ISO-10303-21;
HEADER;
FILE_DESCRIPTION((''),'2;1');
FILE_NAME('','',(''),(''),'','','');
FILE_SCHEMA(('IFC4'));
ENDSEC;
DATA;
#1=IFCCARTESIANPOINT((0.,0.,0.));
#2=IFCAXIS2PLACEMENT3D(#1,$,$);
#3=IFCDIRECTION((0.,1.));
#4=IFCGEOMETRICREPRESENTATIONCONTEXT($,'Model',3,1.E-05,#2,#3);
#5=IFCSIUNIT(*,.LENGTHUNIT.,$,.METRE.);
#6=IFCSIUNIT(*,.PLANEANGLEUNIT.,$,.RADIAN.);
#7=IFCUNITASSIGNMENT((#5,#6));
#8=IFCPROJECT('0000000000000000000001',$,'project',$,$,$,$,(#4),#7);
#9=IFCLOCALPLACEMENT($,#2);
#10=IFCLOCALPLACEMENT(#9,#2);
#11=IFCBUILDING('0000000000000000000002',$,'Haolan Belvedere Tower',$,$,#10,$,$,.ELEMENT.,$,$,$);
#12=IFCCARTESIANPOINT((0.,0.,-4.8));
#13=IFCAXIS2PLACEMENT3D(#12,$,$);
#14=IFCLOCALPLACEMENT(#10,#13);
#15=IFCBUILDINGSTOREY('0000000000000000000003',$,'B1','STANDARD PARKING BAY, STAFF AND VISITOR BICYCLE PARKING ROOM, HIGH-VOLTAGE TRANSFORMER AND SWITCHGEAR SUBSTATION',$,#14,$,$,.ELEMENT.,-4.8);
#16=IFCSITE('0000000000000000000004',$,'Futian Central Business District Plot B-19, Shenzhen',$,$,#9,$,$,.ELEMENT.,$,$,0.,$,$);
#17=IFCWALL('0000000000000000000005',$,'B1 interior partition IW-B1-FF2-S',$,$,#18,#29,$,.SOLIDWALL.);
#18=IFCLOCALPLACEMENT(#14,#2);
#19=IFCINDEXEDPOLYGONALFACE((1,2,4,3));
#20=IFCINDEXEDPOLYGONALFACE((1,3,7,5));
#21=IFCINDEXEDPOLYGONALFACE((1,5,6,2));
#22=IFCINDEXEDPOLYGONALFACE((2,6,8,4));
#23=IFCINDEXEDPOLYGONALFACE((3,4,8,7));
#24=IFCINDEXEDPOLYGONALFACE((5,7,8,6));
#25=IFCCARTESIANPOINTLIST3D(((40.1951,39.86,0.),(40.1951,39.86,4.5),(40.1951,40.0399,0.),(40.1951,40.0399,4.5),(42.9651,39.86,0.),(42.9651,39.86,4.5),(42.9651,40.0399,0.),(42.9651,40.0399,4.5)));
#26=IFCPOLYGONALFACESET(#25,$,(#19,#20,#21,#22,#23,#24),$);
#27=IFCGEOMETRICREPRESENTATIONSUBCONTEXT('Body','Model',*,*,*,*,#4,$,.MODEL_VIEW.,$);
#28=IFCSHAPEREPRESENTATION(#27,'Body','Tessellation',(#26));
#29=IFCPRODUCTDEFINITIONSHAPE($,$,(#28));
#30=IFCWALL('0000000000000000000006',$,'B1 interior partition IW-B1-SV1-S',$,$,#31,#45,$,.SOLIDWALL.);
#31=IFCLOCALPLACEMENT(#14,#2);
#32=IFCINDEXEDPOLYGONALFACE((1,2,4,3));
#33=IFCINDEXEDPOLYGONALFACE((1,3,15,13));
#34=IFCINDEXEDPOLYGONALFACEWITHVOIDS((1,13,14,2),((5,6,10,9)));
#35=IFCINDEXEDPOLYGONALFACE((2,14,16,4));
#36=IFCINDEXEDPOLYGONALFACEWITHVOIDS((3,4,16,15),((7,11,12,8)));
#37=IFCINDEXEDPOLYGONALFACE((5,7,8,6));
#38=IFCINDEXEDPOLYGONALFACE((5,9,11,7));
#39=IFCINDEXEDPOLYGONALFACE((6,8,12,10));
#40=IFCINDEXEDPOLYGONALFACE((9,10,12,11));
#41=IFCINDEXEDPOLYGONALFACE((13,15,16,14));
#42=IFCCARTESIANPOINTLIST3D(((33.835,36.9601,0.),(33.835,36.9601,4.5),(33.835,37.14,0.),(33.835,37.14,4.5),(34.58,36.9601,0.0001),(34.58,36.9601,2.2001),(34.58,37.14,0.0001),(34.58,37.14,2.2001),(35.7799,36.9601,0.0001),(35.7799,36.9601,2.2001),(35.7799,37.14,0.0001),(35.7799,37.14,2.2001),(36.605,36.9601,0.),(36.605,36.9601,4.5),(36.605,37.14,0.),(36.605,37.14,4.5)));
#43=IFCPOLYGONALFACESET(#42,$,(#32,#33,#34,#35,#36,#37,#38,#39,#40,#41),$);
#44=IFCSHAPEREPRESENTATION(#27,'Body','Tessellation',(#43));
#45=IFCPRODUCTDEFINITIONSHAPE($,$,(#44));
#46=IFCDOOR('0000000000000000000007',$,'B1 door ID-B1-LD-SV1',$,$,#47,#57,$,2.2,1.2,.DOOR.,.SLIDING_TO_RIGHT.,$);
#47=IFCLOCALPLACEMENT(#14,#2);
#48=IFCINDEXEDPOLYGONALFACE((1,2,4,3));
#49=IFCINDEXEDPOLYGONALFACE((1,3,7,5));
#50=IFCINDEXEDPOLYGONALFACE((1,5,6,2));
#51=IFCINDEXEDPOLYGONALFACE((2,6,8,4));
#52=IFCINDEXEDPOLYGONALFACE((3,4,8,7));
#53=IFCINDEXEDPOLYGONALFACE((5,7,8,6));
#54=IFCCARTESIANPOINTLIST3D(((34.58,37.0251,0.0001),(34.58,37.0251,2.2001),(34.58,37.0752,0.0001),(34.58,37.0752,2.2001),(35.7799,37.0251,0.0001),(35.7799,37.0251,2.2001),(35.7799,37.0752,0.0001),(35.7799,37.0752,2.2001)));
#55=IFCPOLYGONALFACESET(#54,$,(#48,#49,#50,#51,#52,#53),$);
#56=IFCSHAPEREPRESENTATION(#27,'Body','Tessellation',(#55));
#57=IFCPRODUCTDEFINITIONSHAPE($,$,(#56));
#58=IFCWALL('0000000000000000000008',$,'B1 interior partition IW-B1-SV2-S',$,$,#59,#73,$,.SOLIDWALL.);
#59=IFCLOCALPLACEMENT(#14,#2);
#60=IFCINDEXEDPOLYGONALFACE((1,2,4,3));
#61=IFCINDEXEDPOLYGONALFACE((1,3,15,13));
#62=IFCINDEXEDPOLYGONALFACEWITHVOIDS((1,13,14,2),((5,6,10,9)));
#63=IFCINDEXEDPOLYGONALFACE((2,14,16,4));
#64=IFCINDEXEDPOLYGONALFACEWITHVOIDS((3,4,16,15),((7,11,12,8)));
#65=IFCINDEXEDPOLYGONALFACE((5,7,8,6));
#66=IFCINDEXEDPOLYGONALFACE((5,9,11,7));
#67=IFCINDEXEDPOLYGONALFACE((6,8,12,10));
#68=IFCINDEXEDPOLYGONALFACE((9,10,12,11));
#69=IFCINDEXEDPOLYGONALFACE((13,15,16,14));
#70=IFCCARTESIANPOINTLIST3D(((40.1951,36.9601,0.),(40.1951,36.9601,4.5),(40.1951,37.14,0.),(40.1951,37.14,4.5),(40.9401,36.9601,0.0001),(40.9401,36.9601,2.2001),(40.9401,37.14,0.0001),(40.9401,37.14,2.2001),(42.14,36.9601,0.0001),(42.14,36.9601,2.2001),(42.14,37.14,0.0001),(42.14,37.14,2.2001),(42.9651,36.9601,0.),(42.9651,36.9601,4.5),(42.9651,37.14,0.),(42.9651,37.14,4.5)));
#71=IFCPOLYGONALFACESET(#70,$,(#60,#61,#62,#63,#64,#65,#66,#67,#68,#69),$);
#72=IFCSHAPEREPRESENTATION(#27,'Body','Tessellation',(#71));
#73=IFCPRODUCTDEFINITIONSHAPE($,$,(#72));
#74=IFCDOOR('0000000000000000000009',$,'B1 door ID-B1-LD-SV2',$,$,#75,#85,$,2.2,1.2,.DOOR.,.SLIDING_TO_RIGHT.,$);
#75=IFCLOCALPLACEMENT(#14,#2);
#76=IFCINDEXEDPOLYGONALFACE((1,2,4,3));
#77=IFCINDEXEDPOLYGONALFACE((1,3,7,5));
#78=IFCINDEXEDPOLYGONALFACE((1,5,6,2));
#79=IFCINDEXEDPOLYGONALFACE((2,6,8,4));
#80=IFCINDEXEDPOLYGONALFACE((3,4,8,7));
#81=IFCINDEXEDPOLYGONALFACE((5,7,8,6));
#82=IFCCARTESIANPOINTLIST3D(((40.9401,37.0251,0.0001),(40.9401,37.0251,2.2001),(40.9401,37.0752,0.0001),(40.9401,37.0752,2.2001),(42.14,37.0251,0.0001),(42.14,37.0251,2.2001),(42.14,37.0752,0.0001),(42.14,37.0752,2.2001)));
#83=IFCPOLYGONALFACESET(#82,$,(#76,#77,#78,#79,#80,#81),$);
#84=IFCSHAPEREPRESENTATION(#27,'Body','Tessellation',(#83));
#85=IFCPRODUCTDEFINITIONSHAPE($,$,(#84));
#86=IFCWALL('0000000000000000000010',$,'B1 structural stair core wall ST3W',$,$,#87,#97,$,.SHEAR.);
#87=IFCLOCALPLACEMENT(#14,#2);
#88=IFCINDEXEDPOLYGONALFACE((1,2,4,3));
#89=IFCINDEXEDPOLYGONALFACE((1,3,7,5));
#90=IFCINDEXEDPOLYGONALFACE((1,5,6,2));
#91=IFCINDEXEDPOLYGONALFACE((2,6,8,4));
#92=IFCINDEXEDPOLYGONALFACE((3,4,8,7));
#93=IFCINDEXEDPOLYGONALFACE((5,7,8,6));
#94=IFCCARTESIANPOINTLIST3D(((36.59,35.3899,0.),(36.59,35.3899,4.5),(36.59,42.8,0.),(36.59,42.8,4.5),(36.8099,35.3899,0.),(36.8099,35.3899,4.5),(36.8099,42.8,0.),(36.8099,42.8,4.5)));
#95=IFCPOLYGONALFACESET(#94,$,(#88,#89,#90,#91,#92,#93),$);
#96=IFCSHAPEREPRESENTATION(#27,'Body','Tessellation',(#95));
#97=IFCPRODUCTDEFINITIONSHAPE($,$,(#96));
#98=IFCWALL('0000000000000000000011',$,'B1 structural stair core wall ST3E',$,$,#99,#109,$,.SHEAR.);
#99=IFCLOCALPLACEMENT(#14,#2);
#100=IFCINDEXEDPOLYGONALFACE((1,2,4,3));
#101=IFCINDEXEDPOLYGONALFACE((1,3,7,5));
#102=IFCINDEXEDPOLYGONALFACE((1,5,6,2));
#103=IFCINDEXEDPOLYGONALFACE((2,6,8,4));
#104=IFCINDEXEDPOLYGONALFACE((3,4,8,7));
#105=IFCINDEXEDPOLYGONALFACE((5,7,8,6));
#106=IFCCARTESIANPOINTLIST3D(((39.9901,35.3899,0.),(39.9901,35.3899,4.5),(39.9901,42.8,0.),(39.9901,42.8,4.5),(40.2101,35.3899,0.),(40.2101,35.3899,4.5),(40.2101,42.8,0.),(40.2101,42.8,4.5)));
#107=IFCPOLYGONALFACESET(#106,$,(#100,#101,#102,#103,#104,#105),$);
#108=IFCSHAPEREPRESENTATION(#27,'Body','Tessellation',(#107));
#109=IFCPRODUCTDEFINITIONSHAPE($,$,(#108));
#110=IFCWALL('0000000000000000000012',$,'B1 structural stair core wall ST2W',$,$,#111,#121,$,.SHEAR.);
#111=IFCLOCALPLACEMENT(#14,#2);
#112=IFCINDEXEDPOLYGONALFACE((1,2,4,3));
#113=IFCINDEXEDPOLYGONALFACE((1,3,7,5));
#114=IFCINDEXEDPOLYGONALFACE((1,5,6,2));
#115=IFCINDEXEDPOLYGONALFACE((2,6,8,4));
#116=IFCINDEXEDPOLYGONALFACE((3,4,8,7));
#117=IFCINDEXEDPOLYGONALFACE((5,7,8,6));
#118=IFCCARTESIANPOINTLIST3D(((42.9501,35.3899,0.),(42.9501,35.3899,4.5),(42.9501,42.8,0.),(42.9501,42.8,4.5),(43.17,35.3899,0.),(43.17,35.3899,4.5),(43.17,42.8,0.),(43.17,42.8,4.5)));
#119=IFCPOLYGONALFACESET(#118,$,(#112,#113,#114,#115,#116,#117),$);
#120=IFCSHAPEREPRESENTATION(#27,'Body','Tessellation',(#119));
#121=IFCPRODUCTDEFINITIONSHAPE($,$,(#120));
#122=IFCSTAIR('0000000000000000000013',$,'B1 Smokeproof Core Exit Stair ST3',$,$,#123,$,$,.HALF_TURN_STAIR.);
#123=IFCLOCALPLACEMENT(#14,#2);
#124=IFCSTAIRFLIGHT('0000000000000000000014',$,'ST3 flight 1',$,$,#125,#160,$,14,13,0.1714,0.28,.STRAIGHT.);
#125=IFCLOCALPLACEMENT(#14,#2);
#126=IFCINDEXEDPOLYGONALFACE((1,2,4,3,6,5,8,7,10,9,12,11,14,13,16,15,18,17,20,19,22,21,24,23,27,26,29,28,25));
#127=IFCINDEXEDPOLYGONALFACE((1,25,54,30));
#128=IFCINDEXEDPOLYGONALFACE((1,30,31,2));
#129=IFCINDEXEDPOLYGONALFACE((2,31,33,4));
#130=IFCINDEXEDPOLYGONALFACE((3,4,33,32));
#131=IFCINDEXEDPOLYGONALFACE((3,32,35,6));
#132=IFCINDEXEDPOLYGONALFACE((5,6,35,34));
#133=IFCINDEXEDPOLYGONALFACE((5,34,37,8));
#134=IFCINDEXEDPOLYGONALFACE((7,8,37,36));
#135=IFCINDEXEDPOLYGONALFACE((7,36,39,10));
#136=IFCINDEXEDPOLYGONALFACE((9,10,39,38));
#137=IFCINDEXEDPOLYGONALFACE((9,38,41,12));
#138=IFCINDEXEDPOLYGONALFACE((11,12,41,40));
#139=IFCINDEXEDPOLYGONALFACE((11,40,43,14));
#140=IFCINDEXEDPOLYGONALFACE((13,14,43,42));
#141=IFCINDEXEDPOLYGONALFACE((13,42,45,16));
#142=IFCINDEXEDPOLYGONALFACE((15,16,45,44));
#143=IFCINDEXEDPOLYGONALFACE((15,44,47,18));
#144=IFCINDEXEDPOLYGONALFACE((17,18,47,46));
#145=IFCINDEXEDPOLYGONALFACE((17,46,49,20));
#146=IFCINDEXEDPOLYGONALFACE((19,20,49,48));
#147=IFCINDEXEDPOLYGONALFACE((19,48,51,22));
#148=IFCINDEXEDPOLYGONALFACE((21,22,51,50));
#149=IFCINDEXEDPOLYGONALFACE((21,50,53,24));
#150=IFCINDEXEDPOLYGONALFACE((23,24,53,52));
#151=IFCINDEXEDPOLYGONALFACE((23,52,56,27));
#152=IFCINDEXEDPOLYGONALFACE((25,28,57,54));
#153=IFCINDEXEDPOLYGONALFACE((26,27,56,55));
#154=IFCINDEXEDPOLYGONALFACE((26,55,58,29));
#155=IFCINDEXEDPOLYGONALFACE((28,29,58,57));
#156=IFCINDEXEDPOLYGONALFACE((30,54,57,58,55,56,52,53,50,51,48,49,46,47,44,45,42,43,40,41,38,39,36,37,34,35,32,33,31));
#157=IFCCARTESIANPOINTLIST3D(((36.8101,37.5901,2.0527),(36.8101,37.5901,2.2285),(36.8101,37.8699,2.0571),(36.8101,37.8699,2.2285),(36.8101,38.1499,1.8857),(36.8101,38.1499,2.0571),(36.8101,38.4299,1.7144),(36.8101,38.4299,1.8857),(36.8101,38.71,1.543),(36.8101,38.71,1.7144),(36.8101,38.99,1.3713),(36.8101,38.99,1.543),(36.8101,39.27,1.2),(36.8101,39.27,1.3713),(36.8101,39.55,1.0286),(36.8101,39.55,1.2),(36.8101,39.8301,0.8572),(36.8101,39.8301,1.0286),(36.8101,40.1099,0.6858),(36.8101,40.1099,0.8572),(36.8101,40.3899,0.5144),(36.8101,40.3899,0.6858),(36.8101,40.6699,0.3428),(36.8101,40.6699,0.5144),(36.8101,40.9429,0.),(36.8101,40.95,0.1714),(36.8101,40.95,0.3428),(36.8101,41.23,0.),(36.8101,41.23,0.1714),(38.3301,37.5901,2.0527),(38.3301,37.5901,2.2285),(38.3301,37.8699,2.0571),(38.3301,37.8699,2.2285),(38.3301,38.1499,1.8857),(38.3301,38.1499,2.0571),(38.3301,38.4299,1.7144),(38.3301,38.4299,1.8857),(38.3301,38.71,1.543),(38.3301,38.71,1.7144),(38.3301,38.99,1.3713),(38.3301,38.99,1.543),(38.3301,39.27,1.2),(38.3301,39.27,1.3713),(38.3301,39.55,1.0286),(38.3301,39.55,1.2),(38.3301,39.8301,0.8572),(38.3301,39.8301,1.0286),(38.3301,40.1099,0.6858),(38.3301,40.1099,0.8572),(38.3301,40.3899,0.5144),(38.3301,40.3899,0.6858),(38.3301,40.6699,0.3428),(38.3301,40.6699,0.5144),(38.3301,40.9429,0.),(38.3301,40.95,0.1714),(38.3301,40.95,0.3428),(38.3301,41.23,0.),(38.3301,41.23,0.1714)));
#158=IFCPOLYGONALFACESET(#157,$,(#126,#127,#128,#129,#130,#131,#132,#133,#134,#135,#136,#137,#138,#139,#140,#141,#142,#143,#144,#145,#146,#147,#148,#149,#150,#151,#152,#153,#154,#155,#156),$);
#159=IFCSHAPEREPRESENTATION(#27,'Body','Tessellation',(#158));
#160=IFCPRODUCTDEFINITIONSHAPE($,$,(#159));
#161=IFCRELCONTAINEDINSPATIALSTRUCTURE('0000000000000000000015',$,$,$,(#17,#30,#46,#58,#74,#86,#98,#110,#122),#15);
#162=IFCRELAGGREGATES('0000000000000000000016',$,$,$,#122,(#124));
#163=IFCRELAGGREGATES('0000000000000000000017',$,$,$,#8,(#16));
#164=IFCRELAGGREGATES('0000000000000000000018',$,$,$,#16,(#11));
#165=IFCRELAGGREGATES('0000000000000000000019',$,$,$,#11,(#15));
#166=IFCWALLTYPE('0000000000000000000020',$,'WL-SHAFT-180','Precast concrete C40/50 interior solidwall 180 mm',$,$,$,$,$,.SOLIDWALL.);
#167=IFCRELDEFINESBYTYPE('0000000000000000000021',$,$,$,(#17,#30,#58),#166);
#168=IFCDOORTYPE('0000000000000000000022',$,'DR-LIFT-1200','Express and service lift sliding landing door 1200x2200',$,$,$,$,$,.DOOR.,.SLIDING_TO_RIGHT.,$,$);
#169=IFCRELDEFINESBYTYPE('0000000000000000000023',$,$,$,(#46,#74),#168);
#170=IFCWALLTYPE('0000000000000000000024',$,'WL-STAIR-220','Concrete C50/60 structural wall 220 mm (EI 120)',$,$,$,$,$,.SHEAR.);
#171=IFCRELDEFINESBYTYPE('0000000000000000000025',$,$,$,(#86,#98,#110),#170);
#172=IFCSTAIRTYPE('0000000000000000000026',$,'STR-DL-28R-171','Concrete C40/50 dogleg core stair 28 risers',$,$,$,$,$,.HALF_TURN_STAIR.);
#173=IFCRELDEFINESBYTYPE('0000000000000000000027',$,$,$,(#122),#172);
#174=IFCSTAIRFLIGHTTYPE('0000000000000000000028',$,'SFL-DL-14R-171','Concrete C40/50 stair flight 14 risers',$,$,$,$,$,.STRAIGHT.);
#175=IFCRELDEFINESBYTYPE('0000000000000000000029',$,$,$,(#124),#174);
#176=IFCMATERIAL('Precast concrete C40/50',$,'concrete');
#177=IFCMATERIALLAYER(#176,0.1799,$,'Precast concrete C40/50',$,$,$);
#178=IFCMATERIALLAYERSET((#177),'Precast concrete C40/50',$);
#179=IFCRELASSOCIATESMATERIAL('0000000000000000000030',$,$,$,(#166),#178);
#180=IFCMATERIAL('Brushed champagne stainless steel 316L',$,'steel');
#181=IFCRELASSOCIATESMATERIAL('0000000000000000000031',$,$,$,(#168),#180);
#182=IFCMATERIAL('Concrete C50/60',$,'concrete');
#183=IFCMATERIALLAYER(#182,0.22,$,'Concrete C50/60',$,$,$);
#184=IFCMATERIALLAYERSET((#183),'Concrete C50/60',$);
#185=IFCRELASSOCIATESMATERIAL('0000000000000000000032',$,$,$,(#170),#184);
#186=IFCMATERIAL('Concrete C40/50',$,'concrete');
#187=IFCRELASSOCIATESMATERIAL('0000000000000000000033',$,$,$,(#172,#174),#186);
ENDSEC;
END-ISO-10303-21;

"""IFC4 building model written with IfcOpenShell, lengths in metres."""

from ifc_helpers import new_model, si_unit, direction, frame, frame_2d, origin, place, context, subcontext, project, spatial, polyline, rectangle, outline, extrude, material, layer, layer_set, type_object, element, fill, aggregate, save


model = new_model("IFC4")

# Units and contexts
model_context = context("Model", 3, precision=1e-05, world=origin(), true_north=direction((0.0, 1.0)))
body_context = subcontext(model_context, "Body", "Model", "MODEL_VIEW")
ifc_project = project(units=[si_unit("LENGTHUNIT", "METRE"), si_unit("PLANEANGLEUNIT", "RADIAN")], contexts=[model_context])

# Site, building, storey
site_placement = place(None, origin())
site = spatial("IfcSite", under=ifc_project, at=site_placement, Name="Futian Central Business District Plot B-19, Shenzhen", CompositionType="ELEMENT", RefElevation=0.0)
building_placement = place(site_placement, origin())
building = spatial("IfcBuilding", under=site, at=building_placement, Name="Haolan Belvedere Tower", CompositionType="ELEMENT")
storey_placement = place(building_placement, frame((0.0, 0.0, -4.8)))
storey = spatial("IfcBuildingStorey", under=building, at=storey_placement, Name="B1", Description="STANDARD PARKING BAY, STAFF AND VISITOR BICYCLE PARKING ROOM, HIGH-VOLTAGE TRANSFORMER AND SWITCHGEAR SUBSTATION", CompositionType="ELEMENT", Elevation=-4.8)

# Shared definitions
ifc_material_1 = material(Name="Concrete C50/60", Category="concrete")

# Wall
ifc_material_2 = material(Name="Precast concrete C40/50", Category="concrete")
ifc_layer_1 = layer(ifc_material_2, 0.1799, Name="Precast concrete C40/50")
ifc_layer_set_1 = layer_set([ifc_layer_1], Name="Precast concrete C40/50")
wall_type_1 = type_object("IfcWallType", Name="WL-SHAFT-180", Description="Precast concrete C40/50 interior solidwall 180 mm", PredefinedType="SOLIDWALL", material=ifc_layer_set_1)
for number, where, z_axis, x_axis, name in (
    (1, (40.1951, 39.95, 0.0), (0.0, 0.0, 1.0), (1.0, 0.0, 0.0), "B1 interior partition IW-B1-FF2-S"),
):
    element("IfcWall", number, at=place(storey_placement, frame(where, z_axis=z_axis, x_axis=x_axis)), inside=storey, type_object=wall_type_1, Name=name, PredefinedType="SOLIDWALL", context=body_context, shape_type="SweptSolid", body=[
        extrude(rectangle(XDim=2.77, YDim=0.1799, at=frame_2d((1.385, 0.0))), origin(), (0.0, 0.0, 1.0), 4.5),
    ])

# Walls, openings, doors
wall_1_placement = place(storey_placement, frame((33.835, 37.05, 0.0), z_axis=(0.0, 0.0, 1.0), x_axis=(1.0, 0.0, 0.0)))
wall_1 = element("IfcWall", 2, at=wall_1_placement, inside=storey, type_object=wall_type_1, Name="B1 interior partition IW-B1-SV1-S", PredefinedType="SOLIDWALL", context=body_context, shape_type="SweptSolid", body=[
    extrude(rectangle(XDim=2.77, YDim=0.1799, at=frame_2d((1.385, 0.0))), origin(), (0.0, 0.0, 1.0), 4.5),
])
opening_1_placement = place(wall_1_placement, frame((1.9451, 0.0, 0.0), z_axis=(0.0, 0.0, 1.0), x_axis=(-1.0, 0.0, 0.0)))
opening_1 = element("IfcOpeningElement", 3, at=opening_1_placement, cuts=wall_1, PredefinedType="OPENING", context=body_context, shape_type="SweptSolid", body=[
    extrude(rectangle(XDim=1.2, YDim=2.2, at=frame_2d((0.6001, 1.1001))), frame((0.0, 0.0999, 0.0), z_axis=(0.0, -1.0, 0.0), x_axis=(1.0, 0.0, 0.0)), (0.0, 0.0, 1.0), 0.2),
])
ifc_material_3 = material(Name="Brushed champagne stainless steel 316L", Category="steel")
door_type_1 = type_object("IfcDoorType", Name="DR-LIFT-1200", Description="Express and service lift sliding landing door 1200x2200", OperationType="SLIDING_TO_RIGHT", PredefinedType="DOOR", material=ifc_material_3)
door_1_placement = place(opening_1_placement, origin())
door_1 = element("IfcDoor", 4, at=door_1_placement, inside=storey, type_object=door_type_1, Name="B1 door ID-B1-LD-SV1", OperationType="SLIDING_TO_RIGHT", OverallHeight=2.2, OverallWidth=1.2, PredefinedType="DOOR", context=body_context, shape_type="SweptSolid", body=[
    extrude(rectangle(XDim=1.2, YDim=2.2, at=frame_2d((0.6001, 1.1001))), frame((0.0, 0.0249, 0.0), z_axis=(0.0, -1.0, 0.0), x_axis=(1.0, 0.0, 0.0)), (0.0, 0.0, 1.0), 0.05),
])
fill(opening_1, door_1)
wall_2_placement = place(storey_placement, frame((40.1951, 37.05, 0.0), z_axis=(0.0, 0.0, 1.0), x_axis=(1.0, 0.0, 0.0)))
wall_2 = element("IfcWall", 5, at=wall_2_placement, inside=storey, type_object=wall_type_1, Name="B1 interior partition IW-B1-SV2-S", PredefinedType="SOLIDWALL", context=body_context, shape_type="SweptSolid", body=[
    extrude(rectangle(XDim=2.77, YDim=0.1799, at=frame_2d((1.385, 0.0))), origin(), (0.0, 0.0, 1.0), 4.5),
])
opening_2_placement = place(wall_2_placement, frame((1.9451, 0.0, 0.0), z_axis=(0.0, 0.0, 1.0), x_axis=(-1.0, 0.0, 0.0)))
opening_2 = element("IfcOpeningElement", 6, at=opening_2_placement, cuts=wall_2, PredefinedType="OPENING", context=body_context, shape_type="SweptSolid", body=[
    extrude(rectangle(XDim=1.2, YDim=2.2, at=frame_2d((0.6001, 1.1001))), frame((0.0, 0.0999, 0.0), z_axis=(0.0, -1.0, 0.0), x_axis=(1.0, 0.0, 0.0)), (0.0, 0.0, 1.0), 0.2),
])
door_2_placement = place(opening_2_placement, origin())
door_2 = element("IfcDoor", 7, at=door_2_placement, inside=storey, type_object=door_type_1, Name="B1 door ID-B1-LD-SV2", OperationType="SLIDING_TO_RIGHT", OverallHeight=2.2, OverallWidth=1.2, PredefinedType="DOOR", context=body_context, shape_type="SweptSolid", body=[
    extrude(rectangle(XDim=1.2, YDim=2.2, at=frame_2d((0.6001, 1.1001))), frame((0.0, 0.0249, 0.0), z_axis=(0.0, -1.0, 0.0), x_axis=(1.0, 0.0, 0.0)), (0.0, 0.0, 1.0), 0.05),
])
fill(opening_2, door_2)

# Walls
ifc_layer_2 = layer(ifc_material_1, 0.22, Name="Concrete C50/60")
ifc_layer_set_2 = layer_set([ifc_layer_2], Name="Concrete C50/60")
wall_type_2 = type_object("IfcWallType", Name="WL-STAIR-220", Description="Concrete C50/60 structural wall 220 mm (EI 120)", PredefinedType="SHEAR", material=ifc_layer_set_2)
for number, where, z_axis, x_axis, name in (
    (8, (36.7, 35.3899, 0.0), (0.0, 0.0, 1.0), (0.0, 1.0, 0.0), "B1 structural stair core wall ST3W"),
    (9, (40.1001, 35.3899, 0.0), (0.0, 0.0, 1.0), (0.0, 1.0, 0.0), "B1 structural stair core wall ST3E"),
    (10, (43.0601, 35.3899, 0.0), (0.0, 0.0, 1.0), (0.0, 1.0, 0.0), "B1 structural stair core wall ST2W"),
):
    element("IfcWall", number, at=place(storey_placement, frame(where, z_axis=z_axis, x_axis=x_axis)), inside=storey, type_object=wall_type_2, Name=name, PredefinedType="SHEAR", context=body_context, shape_type="SweptSolid", body=[
        extrude(rectangle(XDim=7.4102, YDim=0.22, at=frame_2d((3.7051, 0.0))), origin(), (0.0, 0.0, 1.0), 4.5),
    ])

# Stair, stair flight
ifc_material_4 = material(Name="Concrete C40/50", Category="concrete")
stair_type = type_object("IfcStairType", Name="STR-DL-28R-171", Description="Concrete C40/50 dogleg core stair 28 risers", PredefinedType="HALF_TURN_STAIR", material=ifc_material_4)
stair_1_placement = place(storey_placement, origin())
stair_1 = element("IfcStair", 11, at=stair_1_placement, inside=storey, type_object=stair_type, Name="B1 Smokeproof Core Exit Stair ST3", PredefinedType="HALF_TURN_STAIR")
stair_flight_type = type_object("IfcStairFlightType", Name="SFL-DL-14R-171", Description="Concrete C40/50 stair flight 14 risers", PredefinedType="STRAIGHT", material=ifc_material_4)
stair_flight_1_placement = place(storey_placement, frame((37.5701, 41.23, 0.0), z_axis=(0.0, 0.0, 1.0), x_axis=(0.0, -1.0, 0.0)))
stair_flight_1 = element("IfcStairFlight", 12, at=stair_flight_1_placement, type_object=stair_flight_type, Name="ST3 flight 1", NumberOfRisers=14, NumberOfTreads=13, PredefinedType="STRAIGHT", RiserHeight=0.1714, TreadLength=0.28, context=body_context, shape_type="SweptSolid", body=[
    extrude(outline(polyline([(0.0, 0.0), (0.0, 0.1714), (0.28, 0.1714), (0.28, 0.3428), (0.5601, 0.3428), (0.5601, 0.5144), (0.8401, 0.5144), (0.8401, 0.6858), (1.1201, 0.6858), (1.1201, 0.8572), (1.3999, 0.8572), (1.3999, 1.0286), (1.6799, 1.0286), (1.6799, 1.2), (1.96, 1.2), (1.96, 1.3713), (2.24, 1.3713), (2.24, 1.543), (2.52, 1.543), (2.52, 1.7144), (2.8, 1.7144), (2.8, 1.8857), (3.0801, 1.8857), (3.0801, 2.0571), (3.3601, 2.0571), (3.3601, 2.2285), (3.6399, 2.2285), (3.6399, 2.3999), (3.6399, 2.0527), (0.2871, 0.0), (0.0, 0.0)])), frame((0.0, 0.76, 0.0), z_axis=(0.0, -1.0, 0.0), x_axis=(1.0, 0.0, 0.0)), (0.0, 0.0, 1.0), 1.52),
])
aggregate(stair_1, [stair_flight_1])

save(model, "model.ifc")
